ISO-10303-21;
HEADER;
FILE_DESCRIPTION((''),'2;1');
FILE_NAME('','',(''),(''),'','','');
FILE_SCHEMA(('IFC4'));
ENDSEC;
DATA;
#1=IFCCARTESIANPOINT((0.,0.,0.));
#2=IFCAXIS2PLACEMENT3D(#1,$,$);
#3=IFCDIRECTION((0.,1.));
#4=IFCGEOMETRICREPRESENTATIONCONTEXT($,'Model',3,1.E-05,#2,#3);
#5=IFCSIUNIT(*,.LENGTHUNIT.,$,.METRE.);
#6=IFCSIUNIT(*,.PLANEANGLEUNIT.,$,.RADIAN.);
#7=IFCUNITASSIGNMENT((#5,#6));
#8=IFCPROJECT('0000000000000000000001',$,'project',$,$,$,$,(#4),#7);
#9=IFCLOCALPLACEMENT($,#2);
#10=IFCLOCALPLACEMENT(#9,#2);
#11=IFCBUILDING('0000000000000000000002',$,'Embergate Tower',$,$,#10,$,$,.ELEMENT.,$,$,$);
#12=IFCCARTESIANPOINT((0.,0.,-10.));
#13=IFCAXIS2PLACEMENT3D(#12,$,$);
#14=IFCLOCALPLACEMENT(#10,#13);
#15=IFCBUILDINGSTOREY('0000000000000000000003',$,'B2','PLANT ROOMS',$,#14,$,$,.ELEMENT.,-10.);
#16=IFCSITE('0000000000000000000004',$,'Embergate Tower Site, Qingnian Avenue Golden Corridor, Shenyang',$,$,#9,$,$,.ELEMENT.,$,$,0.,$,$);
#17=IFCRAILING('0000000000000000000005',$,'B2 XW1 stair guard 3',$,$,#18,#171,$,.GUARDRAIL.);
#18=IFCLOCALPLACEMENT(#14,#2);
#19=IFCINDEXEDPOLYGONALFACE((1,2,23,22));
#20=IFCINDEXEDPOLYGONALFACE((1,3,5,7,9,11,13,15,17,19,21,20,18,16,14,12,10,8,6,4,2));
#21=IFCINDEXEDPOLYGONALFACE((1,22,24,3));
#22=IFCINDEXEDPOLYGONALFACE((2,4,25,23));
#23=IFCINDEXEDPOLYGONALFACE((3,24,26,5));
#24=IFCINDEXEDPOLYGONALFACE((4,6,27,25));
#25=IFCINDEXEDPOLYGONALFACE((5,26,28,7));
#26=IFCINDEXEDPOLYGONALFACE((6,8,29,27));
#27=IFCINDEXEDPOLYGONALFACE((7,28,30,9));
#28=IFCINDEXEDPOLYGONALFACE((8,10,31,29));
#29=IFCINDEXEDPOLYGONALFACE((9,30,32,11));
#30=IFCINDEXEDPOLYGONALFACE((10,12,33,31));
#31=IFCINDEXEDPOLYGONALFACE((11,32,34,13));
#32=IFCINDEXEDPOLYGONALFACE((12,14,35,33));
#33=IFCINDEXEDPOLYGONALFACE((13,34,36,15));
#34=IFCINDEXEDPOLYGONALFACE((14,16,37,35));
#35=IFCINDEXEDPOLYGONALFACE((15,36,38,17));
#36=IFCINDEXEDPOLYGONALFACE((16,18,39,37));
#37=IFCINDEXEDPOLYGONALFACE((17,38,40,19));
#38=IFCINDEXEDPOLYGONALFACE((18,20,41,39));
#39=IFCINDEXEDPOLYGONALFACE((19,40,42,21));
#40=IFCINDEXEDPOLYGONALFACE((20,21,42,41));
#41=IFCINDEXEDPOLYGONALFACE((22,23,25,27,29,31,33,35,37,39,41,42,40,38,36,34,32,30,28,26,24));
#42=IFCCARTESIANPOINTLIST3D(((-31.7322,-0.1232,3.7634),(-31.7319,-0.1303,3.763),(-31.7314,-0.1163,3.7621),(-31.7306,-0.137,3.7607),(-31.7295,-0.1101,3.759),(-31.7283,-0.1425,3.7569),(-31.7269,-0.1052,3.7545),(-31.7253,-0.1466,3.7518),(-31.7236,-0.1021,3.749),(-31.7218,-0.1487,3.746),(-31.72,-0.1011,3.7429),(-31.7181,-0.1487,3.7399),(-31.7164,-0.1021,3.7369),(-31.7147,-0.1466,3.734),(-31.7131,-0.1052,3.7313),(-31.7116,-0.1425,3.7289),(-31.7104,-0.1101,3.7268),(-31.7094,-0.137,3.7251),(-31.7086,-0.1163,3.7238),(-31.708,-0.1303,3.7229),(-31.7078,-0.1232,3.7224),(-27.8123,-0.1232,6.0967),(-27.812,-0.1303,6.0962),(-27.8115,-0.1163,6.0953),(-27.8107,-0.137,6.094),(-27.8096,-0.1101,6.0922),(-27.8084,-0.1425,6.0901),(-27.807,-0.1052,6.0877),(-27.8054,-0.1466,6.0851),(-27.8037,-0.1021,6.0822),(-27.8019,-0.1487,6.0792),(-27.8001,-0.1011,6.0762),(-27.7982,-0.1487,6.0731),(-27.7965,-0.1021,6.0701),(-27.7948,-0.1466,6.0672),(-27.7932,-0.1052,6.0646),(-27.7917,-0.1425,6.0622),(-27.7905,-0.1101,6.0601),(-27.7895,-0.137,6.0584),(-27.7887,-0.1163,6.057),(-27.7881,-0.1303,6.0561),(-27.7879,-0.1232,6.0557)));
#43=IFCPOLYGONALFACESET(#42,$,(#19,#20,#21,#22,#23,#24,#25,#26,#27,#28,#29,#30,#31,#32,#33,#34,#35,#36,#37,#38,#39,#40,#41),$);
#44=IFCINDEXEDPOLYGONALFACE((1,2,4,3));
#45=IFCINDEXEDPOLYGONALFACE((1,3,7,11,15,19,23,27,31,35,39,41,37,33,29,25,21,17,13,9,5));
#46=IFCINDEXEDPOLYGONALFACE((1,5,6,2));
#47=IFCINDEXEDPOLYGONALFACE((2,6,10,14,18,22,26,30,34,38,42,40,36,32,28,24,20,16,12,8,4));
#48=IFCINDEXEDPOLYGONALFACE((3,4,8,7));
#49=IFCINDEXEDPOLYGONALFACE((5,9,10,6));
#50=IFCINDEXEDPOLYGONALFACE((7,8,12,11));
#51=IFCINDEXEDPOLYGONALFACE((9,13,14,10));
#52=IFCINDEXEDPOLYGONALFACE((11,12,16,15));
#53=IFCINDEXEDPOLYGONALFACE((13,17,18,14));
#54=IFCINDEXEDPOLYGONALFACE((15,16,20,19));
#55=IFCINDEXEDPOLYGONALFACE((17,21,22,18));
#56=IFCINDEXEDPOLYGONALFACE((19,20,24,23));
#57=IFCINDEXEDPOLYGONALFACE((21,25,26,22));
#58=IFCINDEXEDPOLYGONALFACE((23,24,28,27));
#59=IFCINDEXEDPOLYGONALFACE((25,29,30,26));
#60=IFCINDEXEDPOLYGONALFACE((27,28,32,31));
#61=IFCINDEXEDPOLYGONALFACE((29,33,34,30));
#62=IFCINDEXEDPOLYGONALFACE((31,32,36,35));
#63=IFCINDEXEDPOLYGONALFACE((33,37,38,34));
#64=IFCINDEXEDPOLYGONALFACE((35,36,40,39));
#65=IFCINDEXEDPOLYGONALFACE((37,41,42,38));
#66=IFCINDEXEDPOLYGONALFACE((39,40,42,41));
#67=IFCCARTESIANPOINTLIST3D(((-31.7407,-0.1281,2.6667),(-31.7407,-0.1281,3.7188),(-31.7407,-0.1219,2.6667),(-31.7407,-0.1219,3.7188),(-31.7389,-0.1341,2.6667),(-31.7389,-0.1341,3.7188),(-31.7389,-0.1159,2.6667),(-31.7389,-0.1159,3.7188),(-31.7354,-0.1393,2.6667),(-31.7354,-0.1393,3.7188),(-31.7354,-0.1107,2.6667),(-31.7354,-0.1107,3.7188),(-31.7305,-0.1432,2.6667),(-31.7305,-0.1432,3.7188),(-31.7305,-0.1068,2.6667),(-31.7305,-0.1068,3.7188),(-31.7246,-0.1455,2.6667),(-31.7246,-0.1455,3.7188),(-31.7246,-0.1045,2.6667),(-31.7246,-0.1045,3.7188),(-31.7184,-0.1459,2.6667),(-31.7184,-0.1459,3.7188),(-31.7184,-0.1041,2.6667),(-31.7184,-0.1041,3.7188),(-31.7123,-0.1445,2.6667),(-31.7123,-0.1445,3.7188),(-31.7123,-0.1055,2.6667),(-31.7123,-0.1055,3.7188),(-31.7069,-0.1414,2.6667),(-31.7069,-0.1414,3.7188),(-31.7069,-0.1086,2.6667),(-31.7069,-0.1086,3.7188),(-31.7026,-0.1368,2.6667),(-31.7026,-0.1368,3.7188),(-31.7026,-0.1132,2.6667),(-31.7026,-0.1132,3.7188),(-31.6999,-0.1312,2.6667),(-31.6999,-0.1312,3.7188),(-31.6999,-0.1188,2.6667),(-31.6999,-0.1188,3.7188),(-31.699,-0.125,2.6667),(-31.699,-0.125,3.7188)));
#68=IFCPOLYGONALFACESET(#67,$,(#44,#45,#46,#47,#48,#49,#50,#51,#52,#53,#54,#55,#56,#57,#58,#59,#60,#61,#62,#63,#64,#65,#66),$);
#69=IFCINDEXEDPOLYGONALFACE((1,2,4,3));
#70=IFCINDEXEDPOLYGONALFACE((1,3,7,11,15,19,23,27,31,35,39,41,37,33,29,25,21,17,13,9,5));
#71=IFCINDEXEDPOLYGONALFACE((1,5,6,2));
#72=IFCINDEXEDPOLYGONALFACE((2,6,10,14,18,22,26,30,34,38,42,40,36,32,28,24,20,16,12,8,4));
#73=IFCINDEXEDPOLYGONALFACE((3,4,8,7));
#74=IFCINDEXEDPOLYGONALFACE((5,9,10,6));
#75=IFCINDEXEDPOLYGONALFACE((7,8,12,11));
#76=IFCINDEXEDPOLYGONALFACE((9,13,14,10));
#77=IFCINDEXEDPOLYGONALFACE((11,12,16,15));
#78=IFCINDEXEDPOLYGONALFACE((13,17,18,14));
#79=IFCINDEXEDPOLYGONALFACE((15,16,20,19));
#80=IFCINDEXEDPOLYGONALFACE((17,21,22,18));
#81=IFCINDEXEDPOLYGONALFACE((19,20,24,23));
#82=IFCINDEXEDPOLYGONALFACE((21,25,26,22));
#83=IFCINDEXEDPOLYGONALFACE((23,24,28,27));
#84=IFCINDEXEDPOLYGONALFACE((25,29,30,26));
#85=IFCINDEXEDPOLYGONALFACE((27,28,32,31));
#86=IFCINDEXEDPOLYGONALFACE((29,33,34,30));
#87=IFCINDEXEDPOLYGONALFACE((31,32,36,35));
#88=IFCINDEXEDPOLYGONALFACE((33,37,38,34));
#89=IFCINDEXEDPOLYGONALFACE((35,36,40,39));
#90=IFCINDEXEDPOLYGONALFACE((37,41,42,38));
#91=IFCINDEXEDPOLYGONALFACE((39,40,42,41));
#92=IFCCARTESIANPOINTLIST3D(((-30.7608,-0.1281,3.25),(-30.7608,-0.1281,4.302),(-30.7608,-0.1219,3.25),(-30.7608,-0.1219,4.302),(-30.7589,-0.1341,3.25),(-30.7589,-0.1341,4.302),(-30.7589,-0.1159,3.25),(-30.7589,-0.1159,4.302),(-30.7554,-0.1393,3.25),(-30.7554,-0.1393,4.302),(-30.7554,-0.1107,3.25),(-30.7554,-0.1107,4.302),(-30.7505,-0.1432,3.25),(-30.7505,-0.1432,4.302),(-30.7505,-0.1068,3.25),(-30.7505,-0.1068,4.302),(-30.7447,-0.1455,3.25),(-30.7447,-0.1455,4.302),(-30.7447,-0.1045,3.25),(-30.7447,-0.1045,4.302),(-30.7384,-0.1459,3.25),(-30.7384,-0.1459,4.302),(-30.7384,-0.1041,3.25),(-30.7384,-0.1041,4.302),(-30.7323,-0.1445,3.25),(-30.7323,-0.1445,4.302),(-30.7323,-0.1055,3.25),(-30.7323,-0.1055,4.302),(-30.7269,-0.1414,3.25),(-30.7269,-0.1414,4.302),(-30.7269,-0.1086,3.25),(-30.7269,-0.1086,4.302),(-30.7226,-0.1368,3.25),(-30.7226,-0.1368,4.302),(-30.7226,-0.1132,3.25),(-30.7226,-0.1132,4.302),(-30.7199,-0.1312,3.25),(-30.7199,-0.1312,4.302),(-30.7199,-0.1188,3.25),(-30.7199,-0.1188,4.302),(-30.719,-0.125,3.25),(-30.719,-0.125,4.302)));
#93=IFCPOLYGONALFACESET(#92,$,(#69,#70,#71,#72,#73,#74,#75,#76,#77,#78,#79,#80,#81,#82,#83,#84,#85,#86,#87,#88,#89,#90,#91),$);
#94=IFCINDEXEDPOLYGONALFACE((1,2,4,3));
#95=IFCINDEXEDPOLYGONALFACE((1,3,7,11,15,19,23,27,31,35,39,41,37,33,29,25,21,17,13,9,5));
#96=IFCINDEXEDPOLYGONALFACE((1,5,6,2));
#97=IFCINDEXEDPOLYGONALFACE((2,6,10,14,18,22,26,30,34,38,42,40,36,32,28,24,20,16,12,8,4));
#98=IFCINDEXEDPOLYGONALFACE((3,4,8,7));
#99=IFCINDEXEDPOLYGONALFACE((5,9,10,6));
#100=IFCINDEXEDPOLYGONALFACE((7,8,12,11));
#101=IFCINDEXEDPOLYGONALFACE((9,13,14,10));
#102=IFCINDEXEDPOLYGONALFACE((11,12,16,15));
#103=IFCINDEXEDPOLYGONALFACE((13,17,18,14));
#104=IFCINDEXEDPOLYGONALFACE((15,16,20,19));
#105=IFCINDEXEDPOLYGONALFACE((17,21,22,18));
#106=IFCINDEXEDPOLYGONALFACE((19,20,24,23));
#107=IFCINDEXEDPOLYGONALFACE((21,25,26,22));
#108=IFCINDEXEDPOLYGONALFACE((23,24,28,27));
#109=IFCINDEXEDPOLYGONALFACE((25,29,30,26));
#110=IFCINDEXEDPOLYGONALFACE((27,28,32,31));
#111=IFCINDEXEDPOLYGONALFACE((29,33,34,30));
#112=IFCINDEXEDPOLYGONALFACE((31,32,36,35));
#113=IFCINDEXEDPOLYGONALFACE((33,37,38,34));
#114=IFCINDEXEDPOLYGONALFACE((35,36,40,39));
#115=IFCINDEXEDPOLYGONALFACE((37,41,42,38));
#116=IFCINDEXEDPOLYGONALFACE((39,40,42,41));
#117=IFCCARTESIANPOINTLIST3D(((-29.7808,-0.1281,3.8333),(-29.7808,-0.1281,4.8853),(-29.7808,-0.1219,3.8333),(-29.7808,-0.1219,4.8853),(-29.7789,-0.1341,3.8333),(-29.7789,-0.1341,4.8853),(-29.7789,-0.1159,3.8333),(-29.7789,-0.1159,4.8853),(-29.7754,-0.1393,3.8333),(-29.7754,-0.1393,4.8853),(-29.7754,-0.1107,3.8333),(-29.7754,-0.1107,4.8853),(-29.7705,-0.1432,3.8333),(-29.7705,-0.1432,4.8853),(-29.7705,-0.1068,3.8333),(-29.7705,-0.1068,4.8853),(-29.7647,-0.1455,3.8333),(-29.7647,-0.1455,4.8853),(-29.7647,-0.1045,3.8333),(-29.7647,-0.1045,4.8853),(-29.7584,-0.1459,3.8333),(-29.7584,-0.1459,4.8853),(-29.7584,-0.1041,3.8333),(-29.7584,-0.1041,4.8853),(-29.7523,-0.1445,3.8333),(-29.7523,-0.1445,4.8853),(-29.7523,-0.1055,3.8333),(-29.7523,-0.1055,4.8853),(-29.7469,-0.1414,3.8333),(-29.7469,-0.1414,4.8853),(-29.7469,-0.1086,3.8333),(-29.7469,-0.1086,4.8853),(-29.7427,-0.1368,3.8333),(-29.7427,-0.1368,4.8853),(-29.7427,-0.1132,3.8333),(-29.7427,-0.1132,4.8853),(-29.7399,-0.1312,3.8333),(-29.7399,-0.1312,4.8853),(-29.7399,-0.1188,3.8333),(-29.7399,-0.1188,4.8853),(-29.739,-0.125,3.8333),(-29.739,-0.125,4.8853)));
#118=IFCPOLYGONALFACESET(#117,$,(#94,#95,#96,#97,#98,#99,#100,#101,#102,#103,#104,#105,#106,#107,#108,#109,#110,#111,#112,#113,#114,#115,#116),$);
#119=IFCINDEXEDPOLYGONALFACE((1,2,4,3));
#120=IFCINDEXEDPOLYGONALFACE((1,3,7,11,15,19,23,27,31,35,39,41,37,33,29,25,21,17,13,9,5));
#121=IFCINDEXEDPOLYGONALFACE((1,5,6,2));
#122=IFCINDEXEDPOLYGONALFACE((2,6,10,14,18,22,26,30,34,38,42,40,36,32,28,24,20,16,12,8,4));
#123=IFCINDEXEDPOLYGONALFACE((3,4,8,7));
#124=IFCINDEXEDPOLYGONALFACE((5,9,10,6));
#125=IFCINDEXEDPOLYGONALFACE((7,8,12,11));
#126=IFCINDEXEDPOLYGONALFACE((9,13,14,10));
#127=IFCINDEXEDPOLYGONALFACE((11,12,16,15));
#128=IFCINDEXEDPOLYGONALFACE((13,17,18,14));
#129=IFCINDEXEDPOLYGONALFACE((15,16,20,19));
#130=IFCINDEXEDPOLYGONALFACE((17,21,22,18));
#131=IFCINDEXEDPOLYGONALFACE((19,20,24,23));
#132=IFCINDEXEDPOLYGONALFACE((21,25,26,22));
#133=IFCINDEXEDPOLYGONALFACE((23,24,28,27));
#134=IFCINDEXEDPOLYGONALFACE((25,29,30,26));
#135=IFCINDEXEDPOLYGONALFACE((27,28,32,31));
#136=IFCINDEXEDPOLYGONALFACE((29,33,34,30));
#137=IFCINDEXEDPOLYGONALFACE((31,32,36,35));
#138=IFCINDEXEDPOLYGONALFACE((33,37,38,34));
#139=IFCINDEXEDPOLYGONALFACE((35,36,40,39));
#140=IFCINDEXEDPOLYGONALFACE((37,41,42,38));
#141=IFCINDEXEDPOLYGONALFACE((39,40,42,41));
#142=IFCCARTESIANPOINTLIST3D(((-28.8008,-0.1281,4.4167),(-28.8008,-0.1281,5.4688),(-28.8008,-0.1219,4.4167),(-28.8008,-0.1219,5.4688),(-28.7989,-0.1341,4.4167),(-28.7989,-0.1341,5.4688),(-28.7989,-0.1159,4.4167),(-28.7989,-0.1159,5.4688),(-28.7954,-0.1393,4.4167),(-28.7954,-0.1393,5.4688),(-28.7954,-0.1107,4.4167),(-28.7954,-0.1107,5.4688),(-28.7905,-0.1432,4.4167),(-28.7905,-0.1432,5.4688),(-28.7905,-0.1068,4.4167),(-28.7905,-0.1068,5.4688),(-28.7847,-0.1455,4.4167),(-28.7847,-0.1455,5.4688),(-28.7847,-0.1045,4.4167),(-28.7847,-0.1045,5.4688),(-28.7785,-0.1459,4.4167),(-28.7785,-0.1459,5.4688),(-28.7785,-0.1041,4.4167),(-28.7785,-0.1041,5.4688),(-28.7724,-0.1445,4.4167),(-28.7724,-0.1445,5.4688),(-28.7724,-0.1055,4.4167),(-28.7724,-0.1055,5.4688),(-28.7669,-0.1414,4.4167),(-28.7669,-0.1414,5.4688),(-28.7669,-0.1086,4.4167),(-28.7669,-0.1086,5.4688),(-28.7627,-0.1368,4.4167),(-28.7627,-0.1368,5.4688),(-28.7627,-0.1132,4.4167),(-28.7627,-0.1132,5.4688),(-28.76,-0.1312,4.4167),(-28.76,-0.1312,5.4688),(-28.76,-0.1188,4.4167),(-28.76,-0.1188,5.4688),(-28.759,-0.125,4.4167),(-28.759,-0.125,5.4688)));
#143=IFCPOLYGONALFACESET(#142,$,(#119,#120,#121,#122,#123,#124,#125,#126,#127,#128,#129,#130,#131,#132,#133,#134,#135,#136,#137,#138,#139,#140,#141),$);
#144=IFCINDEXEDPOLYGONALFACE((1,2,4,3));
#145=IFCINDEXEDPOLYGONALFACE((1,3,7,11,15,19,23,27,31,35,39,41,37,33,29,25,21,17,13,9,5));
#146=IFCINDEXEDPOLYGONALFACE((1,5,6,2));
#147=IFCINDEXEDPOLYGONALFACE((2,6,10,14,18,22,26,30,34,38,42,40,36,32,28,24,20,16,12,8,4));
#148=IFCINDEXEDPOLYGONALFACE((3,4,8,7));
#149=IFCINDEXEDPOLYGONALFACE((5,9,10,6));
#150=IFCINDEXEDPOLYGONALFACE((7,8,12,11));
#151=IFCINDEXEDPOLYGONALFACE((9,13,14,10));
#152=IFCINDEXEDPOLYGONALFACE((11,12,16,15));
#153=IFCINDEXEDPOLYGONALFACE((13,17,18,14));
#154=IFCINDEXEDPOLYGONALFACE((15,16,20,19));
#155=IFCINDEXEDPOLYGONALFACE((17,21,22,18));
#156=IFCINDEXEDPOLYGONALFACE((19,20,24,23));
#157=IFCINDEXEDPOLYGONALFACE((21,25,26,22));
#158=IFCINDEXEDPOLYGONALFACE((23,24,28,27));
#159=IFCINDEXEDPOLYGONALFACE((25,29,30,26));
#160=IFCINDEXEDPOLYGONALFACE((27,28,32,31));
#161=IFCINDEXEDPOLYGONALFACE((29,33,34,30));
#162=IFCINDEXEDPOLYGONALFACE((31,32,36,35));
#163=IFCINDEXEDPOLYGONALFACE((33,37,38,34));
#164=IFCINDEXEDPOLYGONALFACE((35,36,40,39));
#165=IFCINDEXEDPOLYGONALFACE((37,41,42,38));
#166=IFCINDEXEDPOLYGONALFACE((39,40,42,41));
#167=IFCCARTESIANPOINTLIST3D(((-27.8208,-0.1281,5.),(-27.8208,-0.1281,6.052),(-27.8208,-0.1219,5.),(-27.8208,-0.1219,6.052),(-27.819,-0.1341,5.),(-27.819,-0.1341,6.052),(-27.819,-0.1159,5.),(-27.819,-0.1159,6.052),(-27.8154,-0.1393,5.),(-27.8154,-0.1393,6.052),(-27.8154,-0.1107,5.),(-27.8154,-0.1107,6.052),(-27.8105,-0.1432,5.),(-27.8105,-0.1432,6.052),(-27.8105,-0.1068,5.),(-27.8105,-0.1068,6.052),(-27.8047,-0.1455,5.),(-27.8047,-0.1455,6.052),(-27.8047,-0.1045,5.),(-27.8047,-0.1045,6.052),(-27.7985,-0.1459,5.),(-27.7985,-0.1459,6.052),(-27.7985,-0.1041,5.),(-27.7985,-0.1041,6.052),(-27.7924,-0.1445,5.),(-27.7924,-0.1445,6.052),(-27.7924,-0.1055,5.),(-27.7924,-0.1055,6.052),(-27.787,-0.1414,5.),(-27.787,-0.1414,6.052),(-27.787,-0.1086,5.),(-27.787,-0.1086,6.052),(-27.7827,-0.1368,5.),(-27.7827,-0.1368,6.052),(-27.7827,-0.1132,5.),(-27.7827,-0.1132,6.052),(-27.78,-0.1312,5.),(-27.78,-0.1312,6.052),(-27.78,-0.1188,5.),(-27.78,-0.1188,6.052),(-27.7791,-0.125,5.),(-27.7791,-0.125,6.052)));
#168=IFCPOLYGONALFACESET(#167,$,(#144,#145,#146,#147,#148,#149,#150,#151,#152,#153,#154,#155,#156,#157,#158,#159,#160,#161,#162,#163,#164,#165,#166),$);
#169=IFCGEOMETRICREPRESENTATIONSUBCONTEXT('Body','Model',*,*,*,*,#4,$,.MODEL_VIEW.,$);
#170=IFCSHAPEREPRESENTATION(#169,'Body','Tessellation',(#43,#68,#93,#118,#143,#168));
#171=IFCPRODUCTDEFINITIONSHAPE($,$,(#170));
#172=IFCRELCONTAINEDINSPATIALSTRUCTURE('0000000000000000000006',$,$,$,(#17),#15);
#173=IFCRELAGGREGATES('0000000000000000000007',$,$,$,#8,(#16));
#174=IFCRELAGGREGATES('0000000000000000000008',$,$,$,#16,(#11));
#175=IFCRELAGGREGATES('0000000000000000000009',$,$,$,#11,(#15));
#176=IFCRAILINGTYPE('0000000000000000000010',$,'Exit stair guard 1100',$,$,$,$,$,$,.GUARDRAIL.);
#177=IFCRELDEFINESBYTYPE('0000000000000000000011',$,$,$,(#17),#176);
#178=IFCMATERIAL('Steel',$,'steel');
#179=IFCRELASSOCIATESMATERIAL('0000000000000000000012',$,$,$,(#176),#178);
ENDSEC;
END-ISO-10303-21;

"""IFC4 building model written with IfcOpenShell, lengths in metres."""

from ifc_helpers import new_model, si_unit, direction, frame, origin, origin_2d, place, context, subcontext, project, spatial, circle, extrude, source, transform, mapped, material, type_object, element, save


model = new_model("IFC4")

# Units and contexts
model_context = context("Model", 3, precision=1e-05, world=origin(), true_north=direction((0.0, 1.0)))
body_context = subcontext(model_context, "Body", "Model", "MODEL_VIEW")
ifc_project = project(units=[si_unit("LENGTHUNIT", "METRE"), si_unit("PLANEANGLEUNIT", "RADIAN")], contexts=[model_context])

# Site, building, storey
site_placement = place(None, origin())
site = spatial("IfcSite", under=ifc_project, at=site_placement, Name="Embergate Tower Site, Qingnian Avenue Golden Corridor, Shenyang", CompositionType="ELEMENT", RefElevation=0.0)
building_placement = place(site_placement, origin())
building = spatial("IfcBuilding", under=site, at=building_placement, Name="Embergate Tower", CompositionType="ELEMENT")
storey_placement = place(building_placement, frame((0.0, 0.0, -10.0)))
storey = spatial("IfcBuildingStorey", under=building, at=storey_placement, Name="B2", Description="PLANT ROOMS", CompositionType="ELEMENT", Elevation=-10.0)

# Railing
ifc_material_1 = material(Name="Steel", Category="steel")
railing_type_1 = type_object("IfcRailingType", Name="Exit stair guard 1100", PredefinedType="GUARDRAIL", material=ifc_material_1)
shared_shape_1 = source(origin(), body_context, "Body", "SweptSolid", [
    extrude(circle(Radius=0.0239, at=origin_2d()), frame((0.0, 0.0, 1.0762), z_axis=(0.859296, 0.0, 0.511478), x_axis=(0.0, 1.0, 0.0)), (0.0, 0.0, 1.0), 4.5618),
    extrude(circle(Radius=0.021, at=origin_2d()), origin(), (0.0, 0.0, 1.0), 1.052),
    extrude(circle(Radius=0.021, at=origin_2d()), frame((0.98, 0.0, 0.5833)), (0.0, 0.0, 1.0), 1.052),
    extrude(circle(Radius=0.021, at=origin_2d()), frame((1.96, 0.0, 1.1665)), (0.0, 0.0, 1.0), 1.052),
    extrude(circle(Radius=0.021, at=origin_2d()), frame((2.9399, 0.0, 1.75)), (0.0, 0.0, 1.0), 1.052),
    extrude(circle(Radius=0.021, at=origin_2d()), frame((3.9199, 0.0, 2.3333)), (0.0, 0.0, 1.0), 1.052),
])
railing_1_placement = place(storey_placement, frame((-31.72, -0.125, 2.6667)))
element("IfcRailing", 1, at=railing_1_placement, inside=storey, type_object=railing_type_1, Name="B2 XW1 stair guard 3", PredefinedType="GUARDRAIL", context=body_context, shape_type="MappedRepresentation", body=[
    mapped(shared_shape_1, transform((0.0, 0.0, 0.0))),
])

save(model, "model.ifc")
